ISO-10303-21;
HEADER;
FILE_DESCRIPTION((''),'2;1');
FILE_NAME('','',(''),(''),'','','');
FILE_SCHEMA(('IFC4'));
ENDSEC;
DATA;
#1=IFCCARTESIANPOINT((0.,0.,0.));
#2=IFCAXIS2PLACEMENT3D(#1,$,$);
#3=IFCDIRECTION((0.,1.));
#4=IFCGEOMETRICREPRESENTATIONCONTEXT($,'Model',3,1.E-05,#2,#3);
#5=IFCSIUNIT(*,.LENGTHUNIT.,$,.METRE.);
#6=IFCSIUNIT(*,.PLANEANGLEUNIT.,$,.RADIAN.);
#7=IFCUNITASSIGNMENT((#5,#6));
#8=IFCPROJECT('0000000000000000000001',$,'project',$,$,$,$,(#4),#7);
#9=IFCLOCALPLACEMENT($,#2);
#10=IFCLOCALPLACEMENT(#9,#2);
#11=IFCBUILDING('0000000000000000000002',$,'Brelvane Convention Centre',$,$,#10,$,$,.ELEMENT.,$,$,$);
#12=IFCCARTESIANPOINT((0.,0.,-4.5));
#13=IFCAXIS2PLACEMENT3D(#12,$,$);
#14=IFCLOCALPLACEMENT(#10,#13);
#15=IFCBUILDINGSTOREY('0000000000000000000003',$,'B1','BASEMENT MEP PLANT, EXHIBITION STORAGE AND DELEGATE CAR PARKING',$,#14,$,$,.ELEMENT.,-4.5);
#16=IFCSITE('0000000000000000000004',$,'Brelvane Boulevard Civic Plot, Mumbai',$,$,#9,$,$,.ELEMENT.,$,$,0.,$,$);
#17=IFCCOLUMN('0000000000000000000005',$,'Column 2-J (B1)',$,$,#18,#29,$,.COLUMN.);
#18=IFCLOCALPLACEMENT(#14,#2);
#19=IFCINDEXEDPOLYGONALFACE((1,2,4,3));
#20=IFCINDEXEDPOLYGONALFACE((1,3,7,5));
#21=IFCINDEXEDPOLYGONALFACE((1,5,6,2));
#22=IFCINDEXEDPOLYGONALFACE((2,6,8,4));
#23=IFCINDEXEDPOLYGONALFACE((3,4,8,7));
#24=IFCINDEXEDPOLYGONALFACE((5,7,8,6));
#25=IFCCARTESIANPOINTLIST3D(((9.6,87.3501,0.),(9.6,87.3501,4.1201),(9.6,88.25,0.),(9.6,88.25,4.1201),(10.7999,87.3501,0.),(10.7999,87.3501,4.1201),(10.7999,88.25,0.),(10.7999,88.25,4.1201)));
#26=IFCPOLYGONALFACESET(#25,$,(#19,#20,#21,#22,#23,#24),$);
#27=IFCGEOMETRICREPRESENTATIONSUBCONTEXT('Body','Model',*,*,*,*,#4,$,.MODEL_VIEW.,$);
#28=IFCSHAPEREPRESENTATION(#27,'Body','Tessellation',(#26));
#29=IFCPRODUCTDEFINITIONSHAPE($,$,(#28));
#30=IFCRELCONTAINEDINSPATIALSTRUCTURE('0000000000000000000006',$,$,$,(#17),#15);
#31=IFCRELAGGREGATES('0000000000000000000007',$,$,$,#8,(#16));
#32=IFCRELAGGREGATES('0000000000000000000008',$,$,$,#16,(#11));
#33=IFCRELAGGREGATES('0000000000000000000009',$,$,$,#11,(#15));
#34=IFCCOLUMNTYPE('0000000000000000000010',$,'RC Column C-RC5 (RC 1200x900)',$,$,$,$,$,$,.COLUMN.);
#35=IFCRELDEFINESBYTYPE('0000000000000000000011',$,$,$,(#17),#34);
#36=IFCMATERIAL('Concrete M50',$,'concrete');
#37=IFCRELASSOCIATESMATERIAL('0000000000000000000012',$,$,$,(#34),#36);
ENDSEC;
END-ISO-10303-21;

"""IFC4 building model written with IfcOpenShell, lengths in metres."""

from ifc_helpers import new_model, si_unit, direction, frame, origin, origin_2d, place, context, subcontext, project, spatial, rectangle, extrude, material, material_profile, profile_set, type_object, element, save


model = new_model("IFC4")

# Units and contexts
model_context = context("Model", 3, precision=1e-05, world=origin(), true_north=direction((0.0, 1.0)))
body_context = subcontext(model_context, "Body", "Model", "MODEL_VIEW")
ifc_project = project(units=[si_unit("LENGTHUNIT", "METRE"), si_unit("PLANEANGLEUNIT", "RADIAN")], contexts=[model_context])

# Site, building, storey
site_placement = place(None, origin())
site = spatial("IfcSite", under=ifc_project, at=site_placement, Name="Brelvane Boulevard Civic Plot, Mumbai", CompositionType="ELEMENT", RefElevation=0.0)
building_placement = place(site_placement, origin())
building = spatial("IfcBuilding", under=site, at=building_placement, Name="Brelvane Convention Centre", CompositionType="ELEMENT")
storey_placement = place(building_placement, frame((0.0, 0.0, -4.5)))
storey = spatial("IfcBuildingStorey", under=building, at=storey_placement, Name="B1", Description="BASEMENT MEP PLANT, EXHIBITION STORAGE AND DELEGATE CAR PARKING", CompositionType="ELEMENT", Elevation=-4.5)

# Column
ifc_material_1 = material(Name="Concrete M50", Category="concrete")
ifc_material_profile_1 = material_profile(ifc_material_1, rectangle(XDim=1.2, YDim=0.8999, at=origin_2d()), Name="RC 1200x900")
ifc_profile_set_1 = profile_set([ifc_material_profile_1], Name="Concrete M50")
column_type_1 = type_object("IfcColumnType", Name="RC Column C-RC5 (RC 1200x900)", PredefinedType="COLUMN", material=ifc_profile_set_1)
column_1_placement = place(storey_placement, frame((10.2, 87.8, 0.0), z_axis=(0.0, 0.0, 1.0), x_axis=(1.0, 0.0, 0.0)))
element("IfcColumn", 1, at=column_1_placement, inside=storey, type_object=column_type_1, Name="Column 2-J (B1)", PredefinedType="COLUMN", context=body_context, shape_type="SweptSolid", body=[
    extrude(rectangle(XDim=1.2, YDim=0.8999, at=origin_2d()), origin(), (0.0, 0.0, 1.0), 4.1201),
])

save(model, "model.ifc")
